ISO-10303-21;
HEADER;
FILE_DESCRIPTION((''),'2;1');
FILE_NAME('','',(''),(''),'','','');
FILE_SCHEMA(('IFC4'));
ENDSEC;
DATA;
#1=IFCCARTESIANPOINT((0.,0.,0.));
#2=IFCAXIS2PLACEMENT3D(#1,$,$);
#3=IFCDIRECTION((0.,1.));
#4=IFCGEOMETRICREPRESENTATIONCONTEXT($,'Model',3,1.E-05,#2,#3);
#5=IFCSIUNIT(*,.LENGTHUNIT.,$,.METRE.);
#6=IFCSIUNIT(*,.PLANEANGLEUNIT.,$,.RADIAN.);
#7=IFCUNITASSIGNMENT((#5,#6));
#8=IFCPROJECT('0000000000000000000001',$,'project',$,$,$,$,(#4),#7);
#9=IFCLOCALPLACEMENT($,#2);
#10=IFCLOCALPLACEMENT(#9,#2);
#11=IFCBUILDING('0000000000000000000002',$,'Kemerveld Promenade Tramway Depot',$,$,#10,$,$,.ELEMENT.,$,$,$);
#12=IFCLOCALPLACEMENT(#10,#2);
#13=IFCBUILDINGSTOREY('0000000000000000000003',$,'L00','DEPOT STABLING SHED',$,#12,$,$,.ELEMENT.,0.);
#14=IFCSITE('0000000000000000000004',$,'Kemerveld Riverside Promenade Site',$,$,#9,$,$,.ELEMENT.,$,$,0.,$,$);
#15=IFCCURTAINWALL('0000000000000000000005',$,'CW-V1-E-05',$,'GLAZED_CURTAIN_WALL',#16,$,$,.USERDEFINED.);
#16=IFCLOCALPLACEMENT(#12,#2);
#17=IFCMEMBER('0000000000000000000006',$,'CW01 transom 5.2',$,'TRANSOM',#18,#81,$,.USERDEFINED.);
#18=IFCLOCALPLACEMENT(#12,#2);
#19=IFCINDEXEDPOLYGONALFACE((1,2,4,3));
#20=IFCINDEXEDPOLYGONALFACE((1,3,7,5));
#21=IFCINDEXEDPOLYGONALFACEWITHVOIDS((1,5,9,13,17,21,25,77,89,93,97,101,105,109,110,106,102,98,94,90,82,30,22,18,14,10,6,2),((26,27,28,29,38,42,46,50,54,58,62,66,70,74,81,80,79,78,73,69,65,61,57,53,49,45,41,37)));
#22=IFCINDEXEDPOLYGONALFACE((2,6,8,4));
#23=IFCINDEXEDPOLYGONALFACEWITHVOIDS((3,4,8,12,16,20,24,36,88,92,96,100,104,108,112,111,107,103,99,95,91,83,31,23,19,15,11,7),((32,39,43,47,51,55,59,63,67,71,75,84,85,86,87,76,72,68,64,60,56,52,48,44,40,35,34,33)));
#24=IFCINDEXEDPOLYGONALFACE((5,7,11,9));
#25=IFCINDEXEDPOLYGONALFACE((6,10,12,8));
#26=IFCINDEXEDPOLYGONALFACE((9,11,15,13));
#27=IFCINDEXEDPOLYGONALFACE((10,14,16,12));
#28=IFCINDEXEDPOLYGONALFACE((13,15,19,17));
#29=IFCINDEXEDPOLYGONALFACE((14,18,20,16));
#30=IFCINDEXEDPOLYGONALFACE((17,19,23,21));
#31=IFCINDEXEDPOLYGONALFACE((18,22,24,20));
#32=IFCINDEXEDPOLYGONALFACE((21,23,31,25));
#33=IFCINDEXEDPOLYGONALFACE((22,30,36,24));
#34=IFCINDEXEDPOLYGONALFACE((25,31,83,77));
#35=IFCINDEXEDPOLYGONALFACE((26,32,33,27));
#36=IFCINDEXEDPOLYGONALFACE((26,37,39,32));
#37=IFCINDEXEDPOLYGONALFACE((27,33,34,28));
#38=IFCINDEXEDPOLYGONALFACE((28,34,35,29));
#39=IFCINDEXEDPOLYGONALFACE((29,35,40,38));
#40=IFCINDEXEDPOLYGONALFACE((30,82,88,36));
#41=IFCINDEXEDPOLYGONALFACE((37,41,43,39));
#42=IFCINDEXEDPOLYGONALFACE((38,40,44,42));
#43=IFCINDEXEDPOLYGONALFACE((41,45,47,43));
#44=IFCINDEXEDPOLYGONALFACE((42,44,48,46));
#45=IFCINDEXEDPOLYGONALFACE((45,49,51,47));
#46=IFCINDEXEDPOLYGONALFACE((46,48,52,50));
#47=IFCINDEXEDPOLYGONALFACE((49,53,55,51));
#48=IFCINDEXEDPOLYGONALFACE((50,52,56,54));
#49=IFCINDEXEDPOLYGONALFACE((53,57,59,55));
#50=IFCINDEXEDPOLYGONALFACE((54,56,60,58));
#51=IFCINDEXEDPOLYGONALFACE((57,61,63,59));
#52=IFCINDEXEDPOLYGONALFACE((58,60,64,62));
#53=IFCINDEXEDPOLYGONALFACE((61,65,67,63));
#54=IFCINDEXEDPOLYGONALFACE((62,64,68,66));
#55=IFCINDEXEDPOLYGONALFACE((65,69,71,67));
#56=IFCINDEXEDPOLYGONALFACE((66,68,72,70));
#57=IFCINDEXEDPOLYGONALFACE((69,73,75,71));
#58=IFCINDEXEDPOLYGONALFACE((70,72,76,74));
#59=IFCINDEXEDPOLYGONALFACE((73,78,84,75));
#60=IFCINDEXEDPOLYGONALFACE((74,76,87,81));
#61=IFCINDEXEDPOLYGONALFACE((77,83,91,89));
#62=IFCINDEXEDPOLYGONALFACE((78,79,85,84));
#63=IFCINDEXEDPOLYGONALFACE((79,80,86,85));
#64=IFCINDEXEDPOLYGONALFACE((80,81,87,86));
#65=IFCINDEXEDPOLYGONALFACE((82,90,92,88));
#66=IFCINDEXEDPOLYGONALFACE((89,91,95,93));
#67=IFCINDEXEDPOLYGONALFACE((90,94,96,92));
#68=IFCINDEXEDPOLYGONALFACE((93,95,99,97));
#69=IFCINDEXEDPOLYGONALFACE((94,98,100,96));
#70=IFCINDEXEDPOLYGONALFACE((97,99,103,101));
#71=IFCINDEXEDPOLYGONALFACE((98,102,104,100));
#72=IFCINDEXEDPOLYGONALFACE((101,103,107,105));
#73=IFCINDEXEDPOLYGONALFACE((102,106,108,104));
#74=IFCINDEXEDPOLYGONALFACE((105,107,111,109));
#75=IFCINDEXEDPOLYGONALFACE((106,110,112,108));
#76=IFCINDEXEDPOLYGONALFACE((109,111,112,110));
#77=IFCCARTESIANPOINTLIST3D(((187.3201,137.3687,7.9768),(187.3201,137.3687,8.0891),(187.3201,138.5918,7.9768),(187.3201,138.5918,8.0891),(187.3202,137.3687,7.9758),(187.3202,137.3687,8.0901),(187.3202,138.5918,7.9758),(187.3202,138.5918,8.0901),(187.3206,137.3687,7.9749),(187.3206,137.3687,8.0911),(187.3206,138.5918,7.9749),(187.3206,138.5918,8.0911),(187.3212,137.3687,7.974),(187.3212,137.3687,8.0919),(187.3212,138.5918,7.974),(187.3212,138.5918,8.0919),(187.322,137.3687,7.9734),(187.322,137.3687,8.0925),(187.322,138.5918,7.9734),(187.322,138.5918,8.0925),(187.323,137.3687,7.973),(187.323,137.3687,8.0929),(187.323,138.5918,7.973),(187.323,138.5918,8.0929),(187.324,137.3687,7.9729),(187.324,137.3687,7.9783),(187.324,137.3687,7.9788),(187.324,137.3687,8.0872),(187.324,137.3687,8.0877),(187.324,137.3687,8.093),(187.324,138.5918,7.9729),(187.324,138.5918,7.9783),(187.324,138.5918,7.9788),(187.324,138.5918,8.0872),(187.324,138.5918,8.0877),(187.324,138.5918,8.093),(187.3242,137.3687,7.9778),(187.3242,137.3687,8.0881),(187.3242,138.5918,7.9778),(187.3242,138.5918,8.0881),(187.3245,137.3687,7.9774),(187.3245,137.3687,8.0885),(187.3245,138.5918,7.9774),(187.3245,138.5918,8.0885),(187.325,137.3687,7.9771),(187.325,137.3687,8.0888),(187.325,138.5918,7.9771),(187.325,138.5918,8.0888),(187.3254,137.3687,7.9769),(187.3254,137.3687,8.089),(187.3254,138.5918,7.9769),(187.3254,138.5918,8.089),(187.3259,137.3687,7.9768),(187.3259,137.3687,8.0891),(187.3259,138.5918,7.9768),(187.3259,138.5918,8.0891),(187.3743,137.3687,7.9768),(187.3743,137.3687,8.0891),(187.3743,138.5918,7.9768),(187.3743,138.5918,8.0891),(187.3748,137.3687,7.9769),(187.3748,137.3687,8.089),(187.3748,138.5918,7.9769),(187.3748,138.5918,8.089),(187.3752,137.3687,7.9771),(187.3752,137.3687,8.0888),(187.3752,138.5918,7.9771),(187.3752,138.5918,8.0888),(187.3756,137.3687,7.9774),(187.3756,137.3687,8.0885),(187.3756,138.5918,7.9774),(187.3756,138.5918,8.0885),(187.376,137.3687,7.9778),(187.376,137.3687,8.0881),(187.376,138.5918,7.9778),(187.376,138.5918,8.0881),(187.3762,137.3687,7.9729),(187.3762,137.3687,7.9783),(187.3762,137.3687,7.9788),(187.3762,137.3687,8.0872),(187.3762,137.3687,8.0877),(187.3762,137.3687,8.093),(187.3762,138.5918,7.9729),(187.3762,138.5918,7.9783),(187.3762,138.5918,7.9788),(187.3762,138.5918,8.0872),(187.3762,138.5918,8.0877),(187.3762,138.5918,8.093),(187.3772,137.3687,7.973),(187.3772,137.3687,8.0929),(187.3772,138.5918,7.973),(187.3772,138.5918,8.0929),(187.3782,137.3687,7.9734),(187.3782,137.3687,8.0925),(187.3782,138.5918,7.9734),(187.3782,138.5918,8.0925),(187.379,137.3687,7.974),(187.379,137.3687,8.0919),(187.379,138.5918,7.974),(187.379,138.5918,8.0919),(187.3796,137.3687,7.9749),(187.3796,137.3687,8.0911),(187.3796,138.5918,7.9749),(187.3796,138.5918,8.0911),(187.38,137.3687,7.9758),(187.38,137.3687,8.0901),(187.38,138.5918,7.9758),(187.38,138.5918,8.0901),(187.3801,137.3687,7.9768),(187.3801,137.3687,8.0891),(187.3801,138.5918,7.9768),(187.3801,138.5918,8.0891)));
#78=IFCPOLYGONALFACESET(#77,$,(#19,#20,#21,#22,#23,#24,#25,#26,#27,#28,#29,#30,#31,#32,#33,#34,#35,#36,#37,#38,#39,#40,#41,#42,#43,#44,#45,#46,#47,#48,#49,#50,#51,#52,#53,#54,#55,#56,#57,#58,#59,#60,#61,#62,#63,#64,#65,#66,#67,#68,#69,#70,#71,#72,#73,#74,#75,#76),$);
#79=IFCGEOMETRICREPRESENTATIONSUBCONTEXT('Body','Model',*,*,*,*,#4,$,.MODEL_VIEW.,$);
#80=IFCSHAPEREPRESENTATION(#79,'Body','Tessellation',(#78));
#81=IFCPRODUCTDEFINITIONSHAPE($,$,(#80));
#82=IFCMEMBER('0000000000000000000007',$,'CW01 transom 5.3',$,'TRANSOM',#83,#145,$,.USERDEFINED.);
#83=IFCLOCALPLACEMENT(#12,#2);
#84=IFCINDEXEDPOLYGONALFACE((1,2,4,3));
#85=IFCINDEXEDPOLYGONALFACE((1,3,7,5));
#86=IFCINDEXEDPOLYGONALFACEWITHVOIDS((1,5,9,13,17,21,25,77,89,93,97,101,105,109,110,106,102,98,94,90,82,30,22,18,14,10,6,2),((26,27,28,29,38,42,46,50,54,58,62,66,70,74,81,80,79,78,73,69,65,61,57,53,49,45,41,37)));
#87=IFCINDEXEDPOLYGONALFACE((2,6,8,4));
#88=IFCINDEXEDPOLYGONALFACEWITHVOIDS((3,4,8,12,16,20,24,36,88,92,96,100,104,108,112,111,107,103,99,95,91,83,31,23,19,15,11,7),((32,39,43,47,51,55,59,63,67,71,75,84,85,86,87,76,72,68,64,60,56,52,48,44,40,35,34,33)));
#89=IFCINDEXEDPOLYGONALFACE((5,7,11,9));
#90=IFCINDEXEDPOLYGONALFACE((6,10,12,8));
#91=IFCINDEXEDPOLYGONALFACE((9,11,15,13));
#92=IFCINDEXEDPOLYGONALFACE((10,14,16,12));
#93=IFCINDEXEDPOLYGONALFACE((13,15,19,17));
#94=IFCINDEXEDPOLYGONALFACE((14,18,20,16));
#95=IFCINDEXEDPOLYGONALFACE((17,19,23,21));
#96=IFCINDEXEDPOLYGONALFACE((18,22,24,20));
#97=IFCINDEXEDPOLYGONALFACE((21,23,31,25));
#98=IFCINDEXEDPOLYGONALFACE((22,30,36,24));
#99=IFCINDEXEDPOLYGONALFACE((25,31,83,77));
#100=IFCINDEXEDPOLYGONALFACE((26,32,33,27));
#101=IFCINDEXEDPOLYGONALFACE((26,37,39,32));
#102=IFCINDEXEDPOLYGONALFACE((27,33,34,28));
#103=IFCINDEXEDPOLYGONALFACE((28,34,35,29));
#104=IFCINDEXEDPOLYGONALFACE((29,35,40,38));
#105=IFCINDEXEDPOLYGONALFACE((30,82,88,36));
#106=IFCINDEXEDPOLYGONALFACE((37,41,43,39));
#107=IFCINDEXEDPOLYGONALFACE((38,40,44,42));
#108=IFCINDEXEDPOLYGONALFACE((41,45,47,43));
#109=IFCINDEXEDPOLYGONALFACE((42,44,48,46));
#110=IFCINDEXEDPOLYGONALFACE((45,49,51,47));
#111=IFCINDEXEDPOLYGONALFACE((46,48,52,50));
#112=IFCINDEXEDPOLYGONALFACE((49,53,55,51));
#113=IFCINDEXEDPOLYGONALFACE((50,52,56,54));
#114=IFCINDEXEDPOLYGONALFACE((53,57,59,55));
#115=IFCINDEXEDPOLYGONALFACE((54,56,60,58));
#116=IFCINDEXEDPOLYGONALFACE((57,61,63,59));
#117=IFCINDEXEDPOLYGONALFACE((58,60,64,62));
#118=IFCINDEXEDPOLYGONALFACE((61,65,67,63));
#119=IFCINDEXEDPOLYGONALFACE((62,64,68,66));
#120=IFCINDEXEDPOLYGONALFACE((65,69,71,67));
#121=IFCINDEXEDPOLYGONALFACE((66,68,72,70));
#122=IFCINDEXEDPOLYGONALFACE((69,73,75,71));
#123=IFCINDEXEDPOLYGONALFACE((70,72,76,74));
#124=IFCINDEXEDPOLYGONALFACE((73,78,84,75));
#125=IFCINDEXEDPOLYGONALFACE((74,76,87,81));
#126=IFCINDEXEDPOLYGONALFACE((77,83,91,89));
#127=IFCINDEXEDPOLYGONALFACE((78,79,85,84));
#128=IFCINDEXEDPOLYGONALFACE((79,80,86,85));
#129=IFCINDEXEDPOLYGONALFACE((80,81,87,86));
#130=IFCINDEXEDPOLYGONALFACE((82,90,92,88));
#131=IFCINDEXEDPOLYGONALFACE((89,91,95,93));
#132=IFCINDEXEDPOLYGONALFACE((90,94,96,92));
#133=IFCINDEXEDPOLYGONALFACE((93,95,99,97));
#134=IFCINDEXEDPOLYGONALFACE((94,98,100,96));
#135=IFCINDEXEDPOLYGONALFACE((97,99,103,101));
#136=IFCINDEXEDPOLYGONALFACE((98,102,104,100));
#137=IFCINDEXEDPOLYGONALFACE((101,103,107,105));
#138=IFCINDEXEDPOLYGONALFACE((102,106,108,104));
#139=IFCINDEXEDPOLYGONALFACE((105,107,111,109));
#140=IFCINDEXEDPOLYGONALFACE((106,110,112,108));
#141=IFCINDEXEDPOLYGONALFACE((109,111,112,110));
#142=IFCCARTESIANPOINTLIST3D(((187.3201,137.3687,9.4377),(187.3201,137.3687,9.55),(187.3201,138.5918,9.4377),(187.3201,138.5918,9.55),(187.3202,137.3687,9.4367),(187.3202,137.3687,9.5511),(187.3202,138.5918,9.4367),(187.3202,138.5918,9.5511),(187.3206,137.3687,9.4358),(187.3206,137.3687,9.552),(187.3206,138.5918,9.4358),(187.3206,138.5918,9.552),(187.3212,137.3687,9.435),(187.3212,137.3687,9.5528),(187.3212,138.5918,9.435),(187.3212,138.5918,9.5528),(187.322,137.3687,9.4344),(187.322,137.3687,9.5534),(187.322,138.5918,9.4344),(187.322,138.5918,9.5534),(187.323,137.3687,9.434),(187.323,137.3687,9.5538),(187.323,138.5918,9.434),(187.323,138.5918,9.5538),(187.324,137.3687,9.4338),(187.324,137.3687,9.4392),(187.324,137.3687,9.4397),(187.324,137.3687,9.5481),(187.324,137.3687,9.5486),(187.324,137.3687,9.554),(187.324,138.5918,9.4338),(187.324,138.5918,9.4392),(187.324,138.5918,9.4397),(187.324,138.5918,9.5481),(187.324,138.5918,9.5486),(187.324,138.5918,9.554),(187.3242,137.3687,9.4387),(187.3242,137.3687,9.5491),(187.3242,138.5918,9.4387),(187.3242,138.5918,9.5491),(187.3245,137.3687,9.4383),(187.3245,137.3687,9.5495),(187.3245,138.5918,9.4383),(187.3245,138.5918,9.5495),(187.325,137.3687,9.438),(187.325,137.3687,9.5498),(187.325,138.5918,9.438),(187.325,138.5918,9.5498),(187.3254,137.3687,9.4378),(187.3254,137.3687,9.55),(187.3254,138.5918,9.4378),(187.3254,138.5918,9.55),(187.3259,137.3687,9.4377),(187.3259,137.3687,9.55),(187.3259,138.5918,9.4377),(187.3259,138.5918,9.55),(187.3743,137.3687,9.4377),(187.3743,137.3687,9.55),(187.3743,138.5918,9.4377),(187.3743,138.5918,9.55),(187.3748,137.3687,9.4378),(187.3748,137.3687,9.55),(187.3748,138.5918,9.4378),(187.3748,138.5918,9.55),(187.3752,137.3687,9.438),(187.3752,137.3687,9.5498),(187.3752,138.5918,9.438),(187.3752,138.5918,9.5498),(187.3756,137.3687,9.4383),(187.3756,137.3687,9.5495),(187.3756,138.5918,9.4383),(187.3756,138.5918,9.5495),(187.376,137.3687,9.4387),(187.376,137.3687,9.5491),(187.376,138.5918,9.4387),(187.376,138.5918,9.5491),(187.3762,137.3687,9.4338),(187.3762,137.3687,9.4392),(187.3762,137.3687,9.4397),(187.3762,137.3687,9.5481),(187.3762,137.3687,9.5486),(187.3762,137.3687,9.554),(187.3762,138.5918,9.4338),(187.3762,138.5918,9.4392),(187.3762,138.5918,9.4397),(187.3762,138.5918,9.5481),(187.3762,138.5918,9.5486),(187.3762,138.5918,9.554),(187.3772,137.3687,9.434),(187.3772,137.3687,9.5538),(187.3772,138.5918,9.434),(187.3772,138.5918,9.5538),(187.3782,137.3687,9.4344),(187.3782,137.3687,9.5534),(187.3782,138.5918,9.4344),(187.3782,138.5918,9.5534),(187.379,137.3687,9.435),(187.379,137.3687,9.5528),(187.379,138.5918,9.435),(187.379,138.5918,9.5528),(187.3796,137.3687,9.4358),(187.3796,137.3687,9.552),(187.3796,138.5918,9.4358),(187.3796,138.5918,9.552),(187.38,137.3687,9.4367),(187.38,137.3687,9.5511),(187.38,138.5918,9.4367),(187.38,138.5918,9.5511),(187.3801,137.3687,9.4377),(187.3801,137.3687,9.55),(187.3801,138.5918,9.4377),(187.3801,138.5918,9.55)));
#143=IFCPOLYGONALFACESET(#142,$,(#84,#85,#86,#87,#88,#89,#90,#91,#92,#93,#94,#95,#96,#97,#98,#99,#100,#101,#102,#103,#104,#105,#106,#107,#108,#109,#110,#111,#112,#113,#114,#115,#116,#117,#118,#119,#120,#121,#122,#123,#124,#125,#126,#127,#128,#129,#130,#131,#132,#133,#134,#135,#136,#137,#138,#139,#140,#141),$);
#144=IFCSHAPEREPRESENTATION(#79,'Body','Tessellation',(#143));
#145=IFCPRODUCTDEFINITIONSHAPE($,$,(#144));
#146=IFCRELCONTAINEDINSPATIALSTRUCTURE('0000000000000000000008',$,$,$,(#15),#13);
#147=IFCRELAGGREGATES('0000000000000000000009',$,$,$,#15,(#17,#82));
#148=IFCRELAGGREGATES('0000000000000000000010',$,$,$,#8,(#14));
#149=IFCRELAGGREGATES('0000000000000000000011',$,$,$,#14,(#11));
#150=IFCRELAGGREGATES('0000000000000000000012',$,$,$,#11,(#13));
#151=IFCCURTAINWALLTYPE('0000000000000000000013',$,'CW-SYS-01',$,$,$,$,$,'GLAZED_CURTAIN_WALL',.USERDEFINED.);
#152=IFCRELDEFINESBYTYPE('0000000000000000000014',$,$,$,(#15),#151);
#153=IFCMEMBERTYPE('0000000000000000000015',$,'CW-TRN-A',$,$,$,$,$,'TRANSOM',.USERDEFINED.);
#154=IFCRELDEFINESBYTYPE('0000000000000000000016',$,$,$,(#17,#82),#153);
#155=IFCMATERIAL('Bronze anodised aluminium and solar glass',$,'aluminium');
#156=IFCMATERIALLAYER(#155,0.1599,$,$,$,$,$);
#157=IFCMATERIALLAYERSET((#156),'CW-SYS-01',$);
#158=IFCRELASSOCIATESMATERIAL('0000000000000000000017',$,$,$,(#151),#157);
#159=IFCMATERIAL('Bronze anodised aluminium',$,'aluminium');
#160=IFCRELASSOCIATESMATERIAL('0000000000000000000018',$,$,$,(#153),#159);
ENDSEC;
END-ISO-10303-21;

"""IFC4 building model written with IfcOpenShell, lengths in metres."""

from ifc_helpers import new_model, si_unit, direction, frame, origin, origin_2d, place, context, subcontext, project, spatial, hollow_rectangle, extrude, material, layer, layer_set, material_profile, profile_set, type_object, element, aggregate, save


model = new_model("IFC4")

# Units and contexts
model_context = context("Model", 3, precision=1e-05, world=origin(), true_north=direction((0.0, 1.0)))
body_context = subcontext(model_context, "Body", "Model", "MODEL_VIEW")
ifc_project = project(units=[si_unit("LENGTHUNIT", "METRE"), si_unit("PLANEANGLEUNIT", "RADIAN")], contexts=[model_context])

# Site, building, storey
site_placement = place(None, origin())
site = spatial("IfcSite", under=ifc_project, at=site_placement, Name="Kemerveld Riverside Promenade Site", CompositionType="ELEMENT", RefElevation=0.0)
building_placement = place(site_placement, origin())
building = spatial("IfcBuilding", under=site, at=building_placement, Name="Kemerveld Promenade Tramway Depot", CompositionType="ELEMENT")
storey_placement = place(building_placement, origin())
storey = spatial("IfcBuildingStorey", under=building, at=storey_placement, Name="L00", Description="DEPOT STABLING SHED", CompositionType="ELEMENT", Elevation=0.0)

# Curtain wall, members
ifc_material_1 = material(Name="Bronze anodised aluminium and solar glass", Category="aluminium")
ifc_layer_1 = layer(ifc_material_1, 0.1599)
ifc_layer_set_1 = layer_set([ifc_layer_1], Name="CW-SYS-01")
curtain_wall_type_1 = type_object("IfcCurtainWallType", Name="CW-SYS-01", ElementType="GLAZED_CURTAIN_WALL", PredefinedType="USERDEFINED", material=ifc_layer_set_1)
curtain_wall_1_placement = place(storey_placement, origin())
curtain_wall_1 = element("IfcCurtainWall", 1, at=curtain_wall_1_placement, inside=storey, type_object=curtain_wall_type_1, Name="CW-V1-E-05", ObjectType="GLAZED_CURTAIN_WALL", PredefinedType="USERDEFINED")
ifc_material_2 = material(Name="Bronze anodised aluminium", Category="aluminium")
ifc_material_profile_1 = material_profile(ifc_material_2, hollow_rectangle(XDim=0.0601, YDim=0.1201, WallThickness=0.0039, InnerFilletRadius=0.002, OuterFilletRadius=0.0039, at=origin_2d()), Name="CW-TRN-120x60")
ifc_profile_set_1 = profile_set([ifc_material_profile_1], Name="Bronze anodised aluminium")
member_type_1 = type_object("IfcMemberType", Name="CW-TRN-A", ElementType="TRANSOM", PredefinedType="USERDEFINED", material=ifc_profile_set_1)
member_1_placement = place(storey_placement, frame((187.3501, 138.5918, 8.033), z_axis=(0.0, -1.0, 0.0), x_axis=(1.0, 0.0, 0.0)))
member_1 = element("IfcMember", 2, at=member_1_placement, type_object=member_type_1, Name="CW01 transom 5.2", ObjectType="TRANSOM", PredefinedType="USERDEFINED", context=body_context, shape_type="SweptSolid", body=[
    extrude(hollow_rectangle(XDim=0.0601, YDim=0.1201, WallThickness=0.0039, InnerFilletRadius=0.002, OuterFilletRadius=0.0039, at=origin_2d()), origin(), (0.0, 0.0, 1.0), 1.2231),
])
member_2_placement = place(storey_placement, frame((187.3501, 138.5918, 9.4939), z_axis=(0.0, -1.0, 0.0), x_axis=(1.0, 0.0, 0.0)))
member_2 = element("IfcMember", 3, at=member_2_placement, type_object=member_type_1, Name="CW01 transom 5.3", ObjectType="TRANSOM", PredefinedType="USERDEFINED", context=body_context, shape_type="SweptSolid", body=[
    extrude(hollow_rectangle(XDim=0.0601, YDim=0.1201, WallThickness=0.0039, InnerFilletRadius=0.002, OuterFilletRadius=0.0039, at=origin_2d()), origin(), (0.0, 0.0, 1.0), 1.2231),
])

aggregate(curtain_wall_1, [member_1, member_2])

save(model, "model.ifc")
